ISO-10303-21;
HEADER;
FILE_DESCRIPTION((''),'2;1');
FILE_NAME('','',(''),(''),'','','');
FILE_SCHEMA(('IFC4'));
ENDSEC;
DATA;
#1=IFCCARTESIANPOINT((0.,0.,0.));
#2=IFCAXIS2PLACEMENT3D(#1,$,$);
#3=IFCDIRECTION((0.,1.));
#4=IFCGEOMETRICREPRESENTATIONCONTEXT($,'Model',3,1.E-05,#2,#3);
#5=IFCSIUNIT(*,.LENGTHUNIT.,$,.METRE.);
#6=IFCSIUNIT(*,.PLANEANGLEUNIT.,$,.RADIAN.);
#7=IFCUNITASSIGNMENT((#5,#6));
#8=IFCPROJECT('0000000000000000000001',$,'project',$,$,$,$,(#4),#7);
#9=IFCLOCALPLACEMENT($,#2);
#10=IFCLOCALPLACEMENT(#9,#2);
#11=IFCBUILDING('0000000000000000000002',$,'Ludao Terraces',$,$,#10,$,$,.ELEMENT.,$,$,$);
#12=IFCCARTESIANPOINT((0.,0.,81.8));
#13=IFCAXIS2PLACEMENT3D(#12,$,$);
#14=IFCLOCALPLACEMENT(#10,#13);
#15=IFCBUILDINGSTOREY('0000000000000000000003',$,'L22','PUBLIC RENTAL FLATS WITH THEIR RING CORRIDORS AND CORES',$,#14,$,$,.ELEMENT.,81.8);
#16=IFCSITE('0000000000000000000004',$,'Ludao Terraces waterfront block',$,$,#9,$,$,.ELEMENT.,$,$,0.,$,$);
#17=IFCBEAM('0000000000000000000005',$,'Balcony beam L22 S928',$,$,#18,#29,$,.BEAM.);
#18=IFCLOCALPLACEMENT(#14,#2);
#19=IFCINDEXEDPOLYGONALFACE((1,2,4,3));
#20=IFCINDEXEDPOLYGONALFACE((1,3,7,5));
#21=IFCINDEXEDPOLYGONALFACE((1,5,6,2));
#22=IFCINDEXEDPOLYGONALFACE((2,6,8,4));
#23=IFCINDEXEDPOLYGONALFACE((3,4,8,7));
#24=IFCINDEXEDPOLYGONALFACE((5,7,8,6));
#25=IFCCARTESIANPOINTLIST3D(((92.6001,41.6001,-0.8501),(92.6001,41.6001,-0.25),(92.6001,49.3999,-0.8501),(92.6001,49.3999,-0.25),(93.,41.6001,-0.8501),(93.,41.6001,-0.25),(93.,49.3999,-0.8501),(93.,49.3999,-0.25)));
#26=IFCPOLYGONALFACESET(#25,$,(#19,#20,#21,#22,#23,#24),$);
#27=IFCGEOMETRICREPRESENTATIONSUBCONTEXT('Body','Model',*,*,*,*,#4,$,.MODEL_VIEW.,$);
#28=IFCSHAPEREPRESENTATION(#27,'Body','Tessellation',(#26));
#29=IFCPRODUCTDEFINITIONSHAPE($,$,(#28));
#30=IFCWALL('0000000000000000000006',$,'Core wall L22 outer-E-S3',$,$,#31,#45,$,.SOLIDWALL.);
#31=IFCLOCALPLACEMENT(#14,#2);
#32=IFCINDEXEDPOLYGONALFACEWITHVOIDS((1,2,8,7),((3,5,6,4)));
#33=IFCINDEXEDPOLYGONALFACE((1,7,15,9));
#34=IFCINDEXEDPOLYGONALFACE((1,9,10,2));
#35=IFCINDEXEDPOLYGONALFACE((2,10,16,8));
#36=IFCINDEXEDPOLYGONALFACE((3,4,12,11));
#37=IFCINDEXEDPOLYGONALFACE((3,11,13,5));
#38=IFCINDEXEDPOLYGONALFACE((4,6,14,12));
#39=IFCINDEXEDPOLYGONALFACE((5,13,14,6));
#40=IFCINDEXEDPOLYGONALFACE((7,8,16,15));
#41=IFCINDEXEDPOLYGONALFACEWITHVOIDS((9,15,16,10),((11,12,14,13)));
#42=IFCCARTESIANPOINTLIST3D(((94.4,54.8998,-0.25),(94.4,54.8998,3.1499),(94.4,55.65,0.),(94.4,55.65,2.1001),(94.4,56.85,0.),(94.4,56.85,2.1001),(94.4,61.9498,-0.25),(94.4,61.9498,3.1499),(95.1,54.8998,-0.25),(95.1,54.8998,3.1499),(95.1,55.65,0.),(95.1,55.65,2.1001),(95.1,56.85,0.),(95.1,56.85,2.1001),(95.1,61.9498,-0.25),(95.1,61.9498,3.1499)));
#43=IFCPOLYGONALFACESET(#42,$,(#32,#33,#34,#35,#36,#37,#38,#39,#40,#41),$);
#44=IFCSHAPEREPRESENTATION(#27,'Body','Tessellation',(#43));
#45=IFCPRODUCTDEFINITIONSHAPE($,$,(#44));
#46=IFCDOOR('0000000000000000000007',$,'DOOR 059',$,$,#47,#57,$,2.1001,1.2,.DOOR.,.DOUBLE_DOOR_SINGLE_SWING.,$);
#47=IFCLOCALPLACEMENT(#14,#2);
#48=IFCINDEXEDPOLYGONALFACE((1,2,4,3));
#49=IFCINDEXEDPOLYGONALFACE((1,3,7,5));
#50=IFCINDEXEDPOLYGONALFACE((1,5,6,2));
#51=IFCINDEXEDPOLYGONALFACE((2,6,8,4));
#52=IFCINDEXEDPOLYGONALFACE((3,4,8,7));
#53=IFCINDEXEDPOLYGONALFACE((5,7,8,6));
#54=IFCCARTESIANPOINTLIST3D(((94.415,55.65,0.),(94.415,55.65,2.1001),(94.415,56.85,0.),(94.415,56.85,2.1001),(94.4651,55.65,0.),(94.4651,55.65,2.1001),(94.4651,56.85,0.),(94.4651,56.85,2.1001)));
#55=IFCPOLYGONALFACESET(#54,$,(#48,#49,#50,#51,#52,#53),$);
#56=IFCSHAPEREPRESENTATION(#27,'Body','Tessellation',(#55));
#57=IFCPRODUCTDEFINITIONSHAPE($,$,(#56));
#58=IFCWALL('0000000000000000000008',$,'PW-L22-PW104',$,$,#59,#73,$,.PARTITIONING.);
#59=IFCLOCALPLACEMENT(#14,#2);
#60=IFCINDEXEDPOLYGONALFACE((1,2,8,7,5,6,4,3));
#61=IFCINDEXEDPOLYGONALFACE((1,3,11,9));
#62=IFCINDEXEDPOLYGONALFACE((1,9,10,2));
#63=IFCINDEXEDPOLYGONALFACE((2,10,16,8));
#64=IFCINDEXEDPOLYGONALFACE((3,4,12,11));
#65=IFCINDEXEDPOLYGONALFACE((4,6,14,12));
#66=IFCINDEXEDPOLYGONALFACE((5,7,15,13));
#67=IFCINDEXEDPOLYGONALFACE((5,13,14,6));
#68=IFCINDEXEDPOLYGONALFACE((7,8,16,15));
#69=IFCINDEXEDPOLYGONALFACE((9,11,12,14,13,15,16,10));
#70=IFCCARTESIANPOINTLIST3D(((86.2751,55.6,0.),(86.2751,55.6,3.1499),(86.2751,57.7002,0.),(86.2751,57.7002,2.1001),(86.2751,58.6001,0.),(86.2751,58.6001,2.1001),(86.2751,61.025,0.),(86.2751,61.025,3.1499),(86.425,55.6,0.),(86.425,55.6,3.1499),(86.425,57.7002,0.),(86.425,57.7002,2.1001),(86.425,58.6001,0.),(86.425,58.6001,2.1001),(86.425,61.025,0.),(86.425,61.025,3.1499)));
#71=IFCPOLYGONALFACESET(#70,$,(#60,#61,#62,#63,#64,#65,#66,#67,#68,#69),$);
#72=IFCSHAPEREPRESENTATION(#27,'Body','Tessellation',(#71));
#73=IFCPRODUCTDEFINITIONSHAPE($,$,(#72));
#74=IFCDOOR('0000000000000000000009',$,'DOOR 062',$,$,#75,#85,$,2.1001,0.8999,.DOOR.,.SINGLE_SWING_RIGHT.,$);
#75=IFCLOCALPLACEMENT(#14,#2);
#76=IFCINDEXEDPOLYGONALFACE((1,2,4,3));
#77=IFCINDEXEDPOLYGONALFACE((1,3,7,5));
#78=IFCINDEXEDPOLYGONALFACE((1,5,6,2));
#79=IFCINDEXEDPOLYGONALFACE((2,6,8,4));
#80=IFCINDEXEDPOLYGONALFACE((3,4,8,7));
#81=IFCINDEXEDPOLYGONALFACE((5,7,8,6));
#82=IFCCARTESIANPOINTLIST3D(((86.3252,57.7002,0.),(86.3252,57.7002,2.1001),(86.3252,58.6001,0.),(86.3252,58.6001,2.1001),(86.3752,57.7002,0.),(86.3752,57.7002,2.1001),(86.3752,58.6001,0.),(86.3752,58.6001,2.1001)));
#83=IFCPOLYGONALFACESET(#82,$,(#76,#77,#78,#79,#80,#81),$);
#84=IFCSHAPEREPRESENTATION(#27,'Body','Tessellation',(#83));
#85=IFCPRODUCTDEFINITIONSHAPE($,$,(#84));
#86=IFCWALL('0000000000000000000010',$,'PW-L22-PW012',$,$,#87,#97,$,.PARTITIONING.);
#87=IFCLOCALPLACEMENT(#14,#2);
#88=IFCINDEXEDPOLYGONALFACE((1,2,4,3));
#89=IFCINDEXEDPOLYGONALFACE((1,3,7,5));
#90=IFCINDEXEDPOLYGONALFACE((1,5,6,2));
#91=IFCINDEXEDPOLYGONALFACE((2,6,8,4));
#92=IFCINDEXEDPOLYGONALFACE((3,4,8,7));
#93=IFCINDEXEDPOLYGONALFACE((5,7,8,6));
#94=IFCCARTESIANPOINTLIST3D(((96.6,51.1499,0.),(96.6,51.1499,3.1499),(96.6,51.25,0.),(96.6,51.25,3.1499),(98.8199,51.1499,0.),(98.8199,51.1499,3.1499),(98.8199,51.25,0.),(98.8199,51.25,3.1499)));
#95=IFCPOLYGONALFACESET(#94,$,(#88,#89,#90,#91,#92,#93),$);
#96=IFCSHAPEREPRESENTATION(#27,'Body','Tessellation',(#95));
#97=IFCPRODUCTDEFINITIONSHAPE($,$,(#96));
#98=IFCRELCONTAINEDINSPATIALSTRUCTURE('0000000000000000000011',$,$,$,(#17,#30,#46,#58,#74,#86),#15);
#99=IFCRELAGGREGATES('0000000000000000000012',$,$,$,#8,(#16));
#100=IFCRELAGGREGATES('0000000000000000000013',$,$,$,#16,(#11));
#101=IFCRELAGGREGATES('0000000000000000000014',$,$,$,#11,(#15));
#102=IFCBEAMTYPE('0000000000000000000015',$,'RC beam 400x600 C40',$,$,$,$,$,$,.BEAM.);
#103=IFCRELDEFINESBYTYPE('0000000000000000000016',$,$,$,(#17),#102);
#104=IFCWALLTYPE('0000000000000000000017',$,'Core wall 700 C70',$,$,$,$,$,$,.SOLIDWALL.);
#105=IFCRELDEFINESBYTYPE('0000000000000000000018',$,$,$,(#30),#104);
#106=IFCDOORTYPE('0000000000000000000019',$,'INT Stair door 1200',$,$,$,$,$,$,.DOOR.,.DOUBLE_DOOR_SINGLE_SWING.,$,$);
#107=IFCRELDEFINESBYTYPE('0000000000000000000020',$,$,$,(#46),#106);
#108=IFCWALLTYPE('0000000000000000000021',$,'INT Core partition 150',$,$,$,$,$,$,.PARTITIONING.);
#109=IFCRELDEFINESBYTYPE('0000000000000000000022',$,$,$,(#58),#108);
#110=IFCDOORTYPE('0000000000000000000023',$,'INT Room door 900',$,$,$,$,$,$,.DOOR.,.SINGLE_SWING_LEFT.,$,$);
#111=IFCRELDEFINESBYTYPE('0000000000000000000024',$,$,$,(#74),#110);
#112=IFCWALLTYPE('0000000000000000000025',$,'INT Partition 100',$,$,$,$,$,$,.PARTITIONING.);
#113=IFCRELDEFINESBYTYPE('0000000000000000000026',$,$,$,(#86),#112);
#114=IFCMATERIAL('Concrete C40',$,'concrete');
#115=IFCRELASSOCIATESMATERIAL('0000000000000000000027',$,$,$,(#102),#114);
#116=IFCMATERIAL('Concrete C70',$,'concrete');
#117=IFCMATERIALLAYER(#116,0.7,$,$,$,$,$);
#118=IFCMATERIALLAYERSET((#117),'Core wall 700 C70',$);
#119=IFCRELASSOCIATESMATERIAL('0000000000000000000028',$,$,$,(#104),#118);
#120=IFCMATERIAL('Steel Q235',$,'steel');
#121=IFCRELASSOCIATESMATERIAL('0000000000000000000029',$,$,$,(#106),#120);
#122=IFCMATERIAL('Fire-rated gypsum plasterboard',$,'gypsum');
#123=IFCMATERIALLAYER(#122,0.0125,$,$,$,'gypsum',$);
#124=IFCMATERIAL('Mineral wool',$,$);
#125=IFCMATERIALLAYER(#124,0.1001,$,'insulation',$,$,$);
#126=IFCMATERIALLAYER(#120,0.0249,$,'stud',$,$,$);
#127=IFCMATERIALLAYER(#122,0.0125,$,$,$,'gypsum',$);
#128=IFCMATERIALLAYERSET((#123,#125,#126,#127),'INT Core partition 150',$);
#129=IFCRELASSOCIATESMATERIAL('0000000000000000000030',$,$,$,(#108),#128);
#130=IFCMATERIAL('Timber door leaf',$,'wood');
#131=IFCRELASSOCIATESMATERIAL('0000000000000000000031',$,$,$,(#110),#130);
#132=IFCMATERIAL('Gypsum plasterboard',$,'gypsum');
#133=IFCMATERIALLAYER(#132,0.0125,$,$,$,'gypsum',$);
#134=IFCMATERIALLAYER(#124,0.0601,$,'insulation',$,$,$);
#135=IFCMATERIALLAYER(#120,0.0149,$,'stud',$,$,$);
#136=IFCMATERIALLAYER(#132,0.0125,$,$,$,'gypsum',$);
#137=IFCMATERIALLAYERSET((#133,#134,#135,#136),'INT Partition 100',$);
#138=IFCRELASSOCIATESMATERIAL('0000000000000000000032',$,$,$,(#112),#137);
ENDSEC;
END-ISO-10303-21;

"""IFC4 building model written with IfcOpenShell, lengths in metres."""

from ifc_helpers import new_model, si_unit, direction, frame, frame_2d, origin, origin_2d, place, context, subcontext, project, spatial, rectangle, extrude, material, layer, layer_set, material_profile, profile_set, type_object, element, fill, save


model = new_model("IFC4")

# Units and contexts
model_context = context("Model", 3, precision=1e-05, world=origin(), true_north=direction((0.0, 1.0)))
body_context = subcontext(model_context, "Body", "Model", "MODEL_VIEW")
ifc_project = project(units=[si_unit("LENGTHUNIT", "METRE"), si_unit("PLANEANGLEUNIT", "RADIAN")], contexts=[model_context])

# Site, building, storey
site_placement = place(None, origin())
site = spatial("IfcSite", under=ifc_project, at=site_placement, Name="Ludao Terraces waterfront block", CompositionType="ELEMENT", RefElevation=0.0)
building_placement = place(site_placement, origin())
building = spatial("IfcBuilding", under=site, at=building_placement, Name="Ludao Terraces", CompositionType="ELEMENT")
storey_placement = place(building_placement, frame((0.0, 0.0, 81.8)))
storey = spatial("IfcBuildingStorey", under=building, at=storey_placement, Name="L22", Description="PUBLIC RENTAL FLATS WITH THEIR RING CORRIDORS AND CORES", CompositionType="ELEMENT", Elevation=81.8)

# Beam
ifc_material_1 = material(Name="Concrete C40", Category="concrete")
ifc_material_profile = material_profile(ifc_material_1, rectangle(XDim=0.3999, YDim=0.6001, at=origin_2d()), Name="400 X 600")
ifc_profile_set = profile_set([ifc_material_profile], Name="Concrete C40")
beam_type = type_object("IfcBeamType", Name="RC beam 400x600 C40", PredefinedType="BEAM", material=ifc_profile_set)
beam_placement = place(storey_placement, frame((92.8, 49.3999, -0.55), z_axis=(0.0, -1.0, 0.0), x_axis=(1.0, 0.0, 0.0)))
element("IfcBeam", 1, at=beam_placement, inside=storey, type_object=beam_type, Name="Balcony beam L22 S928", PredefinedType="BEAM", context=body_context, shape_type="SweptSolid", body=[
    extrude(rectangle(XDim=0.3999, YDim=0.6001, at=origin_2d()), origin(), (0.0, 0.0, 1.0), 7.7998),
])

# Walls, openings, doors
ifc_material_2 = material(Name="Concrete C70", Category="concrete")
ifc_layer_1 = layer(ifc_material_2, 0.7)
ifc_layer_set_1 = layer_set([ifc_layer_1], Name="Core wall 700 C70")
wall_type_1 = type_object("IfcWallType", Name="Core wall 700 C70", PredefinedType="SOLIDWALL", material=ifc_layer_set_1)
wall_1_placement = place(storey_placement, frame((94.75, 54.8999, -0.25), z_axis=(0.0, 0.0, 1.0), x_axis=(0.0, 1.0, 0.0)))
wall_1 = element("IfcWall", 2, at=wall_1_placement, inside=storey, type_object=wall_type_1, Name="Core wall L22 outer-E-S3", PredefinedType="SOLIDWALL", context=body_context, shape_type="SweptSolid", body=[
    extrude(rectangle(XDim=7.05, YDim=0.7, at=frame_2d((3.5249, 0.0))), origin(), (0.0, 0.0, 1.0), 3.3999),
])
opening_1_placement = place(wall_1_placement, frame((0.75, 0.0, 0.25)))
opening_1 = element("IfcOpeningElement", 3, at=opening_1_placement, cuts=wall_1, PredefinedType="OPENING", context=body_context, shape_type="SweptSolid", body=[
    extrude(rectangle(XDim=1.2, YDim=2.1001, at=frame_2d((0.6001, 1.05))), frame((0.0, 0.3599, 0.0), z_axis=(0.0, -1.0, 0.0), x_axis=(1.0, 0.0, 0.0)), (0.0, 0.0, 1.0), 0.72),
])
ifc_material_3 = material(Name="Steel Q235", Category="steel")
door_type_1 = type_object("IfcDoorType", Name="INT Stair door 1200", OperationType="DOUBLE_DOOR_SINGLE_SWING", PredefinedType="DOOR", material=ifc_material_3)
door_1_placement = place(opening_1_placement, origin())
door_1 = element("IfcDoor", 4, at=door_1_placement, inside=storey, type_object=door_type_1, Name="DOOR 059", OperationType="DOUBLE_DOOR_SINGLE_SWING", OverallHeight=2.1001, OverallWidth=1.2, PredefinedType="DOOR", context=body_context, shape_type="SweptSolid", body=[
    extrude(rectangle(XDim=1.2, YDim=2.1001, at=frame_2d((0.6001, 1.05))), frame((0.0, 0.335, 0.0), z_axis=(0.0, -1.0, 0.0), x_axis=(1.0, 0.0, 0.0)), (0.0, 0.0, 1.0), 0.05),
])
fill(opening_1, door_1)
ifc_material_4 = material(Name="Fire-rated gypsum plasterboard", Category="gypsum")
ifc_layer_2 = layer(ifc_material_4, 0.0125, Category="gypsum")
ifc_material_5 = material(Name="Mineral wool")
ifc_layer_3 = layer(ifc_material_5, 0.1001, Name="insulation")
ifc_layer_4 = layer(ifc_material_3, 0.0249, Name="stud")
ifc_layer_5 = layer(ifc_material_4, 0.0125, Category="gypsum")
ifc_layer_set_2 = layer_set([ifc_layer_2, ifc_layer_3, ifc_layer_4, ifc_layer_5], Name="INT Core partition 150")
wall_type_2 = type_object("IfcWallType", Name="INT Core partition 150", PredefinedType="PARTITIONING", material=ifc_layer_set_2)
wall_2_placement = place(storey_placement, frame((86.3501, 55.6001, 0.0), z_axis=(0.0, 0.0, 1.0), x_axis=(0.0, 1.0, 0.0)))
wall_2 = element("IfcWall", 5, at=wall_2_placement, inside=storey, type_object=wall_type_2, Name="PW-L22-PW104", PredefinedType="PARTITIONING", context=body_context, shape_type="SweptSolid", body=[
    extrude(rectangle(XDim=5.425, YDim=0.1499, at=frame_2d((2.7124, 0.0))), origin(), (0.0, 0.0, 1.0), 3.1499),
])
opening_2_placement = place(wall_2_placement, frame((2.1001, 0.0, 0.0)))
opening_2 = element("IfcOpeningElement", 6, at=opening_2_placement, cuts=wall_2, PredefinedType="OPENING", context=body_context, shape_type="SweptSolid", body=[
    extrude(rectangle(XDim=0.8999, YDim=2.1001, at=frame_2d((0.45, 1.05))), frame((0.0, 0.085, 0.0), z_axis=(0.0, -1.0, 0.0), x_axis=(1.0, 0.0, 0.0)), (0.0, 0.0, 1.0), 0.1699),
])
ifc_material_6 = material(Name="Timber door leaf", Category="wood")
door_type_2 = type_object("IfcDoorType", Name="INT Room door 900", OperationType="SINGLE_SWING_LEFT", PredefinedType="DOOR", material=ifc_material_6)
door_2_placement = place(opening_2_placement, origin())
door_2 = element("IfcDoor", 7, at=door_2_placement, inside=storey, type_object=door_type_2, Name="DOOR 062", OperationType="SINGLE_SWING_RIGHT", OverallHeight=2.1001, OverallWidth=0.8999, PredefinedType="DOOR", context=body_context, shape_type="SweptSolid", body=[
    extrude(rectangle(XDim=0.8999, YDim=2.1001, at=frame_2d((0.45, 1.05))), frame((0.0, 0.0249, 0.0), z_axis=(0.0, -1.0, 0.0), x_axis=(1.0, 0.0, 0.0)), (0.0, 0.0, 1.0), 0.05),
])
fill(opening_2, door_2)

# Wall
ifc_material_7 = material(Name="Gypsum plasterboard", Category="gypsum")
ifc_layer_6 = layer(ifc_material_7, 0.0125, Category="gypsum")
ifc_layer_7 = layer(ifc_material_5, 0.0601, Name="insulation")
ifc_layer_8 = layer(ifc_material_3, 0.0149, Name="stud")
ifc_layer_9 = layer(ifc_material_7, 0.0125, Category="gypsum")
ifc_layer_set_3 = layer_set([ifc_layer_6, ifc_layer_7, ifc_layer_8, ifc_layer_9], Name="INT Partition 100")
wall_type_3 = type_object("IfcWallType", Name="INT Partition 100", PredefinedType="PARTITIONING", material=ifc_layer_set_3)
wall_3_placement = place(storey_placement, frame((96.6001, 51.2, 0.0), z_axis=(0.0, 0.0, 1.0), x_axis=(1.0, 0.0, 0.0)))
element("IfcWall", 8, at=wall_3_placement, inside=storey, type_object=wall_type_3, Name="PW-L22-PW012", PredefinedType="PARTITIONING", context=body_context, shape_type="SweptSolid", body=[
    extrude(rectangle(XDim=2.22, YDim=0.1001, at=frame_2d((1.1099, 0.0))), origin(), (0.0, 0.0, 1.0), 3.1499),
])

save(model, "model.ifc")
